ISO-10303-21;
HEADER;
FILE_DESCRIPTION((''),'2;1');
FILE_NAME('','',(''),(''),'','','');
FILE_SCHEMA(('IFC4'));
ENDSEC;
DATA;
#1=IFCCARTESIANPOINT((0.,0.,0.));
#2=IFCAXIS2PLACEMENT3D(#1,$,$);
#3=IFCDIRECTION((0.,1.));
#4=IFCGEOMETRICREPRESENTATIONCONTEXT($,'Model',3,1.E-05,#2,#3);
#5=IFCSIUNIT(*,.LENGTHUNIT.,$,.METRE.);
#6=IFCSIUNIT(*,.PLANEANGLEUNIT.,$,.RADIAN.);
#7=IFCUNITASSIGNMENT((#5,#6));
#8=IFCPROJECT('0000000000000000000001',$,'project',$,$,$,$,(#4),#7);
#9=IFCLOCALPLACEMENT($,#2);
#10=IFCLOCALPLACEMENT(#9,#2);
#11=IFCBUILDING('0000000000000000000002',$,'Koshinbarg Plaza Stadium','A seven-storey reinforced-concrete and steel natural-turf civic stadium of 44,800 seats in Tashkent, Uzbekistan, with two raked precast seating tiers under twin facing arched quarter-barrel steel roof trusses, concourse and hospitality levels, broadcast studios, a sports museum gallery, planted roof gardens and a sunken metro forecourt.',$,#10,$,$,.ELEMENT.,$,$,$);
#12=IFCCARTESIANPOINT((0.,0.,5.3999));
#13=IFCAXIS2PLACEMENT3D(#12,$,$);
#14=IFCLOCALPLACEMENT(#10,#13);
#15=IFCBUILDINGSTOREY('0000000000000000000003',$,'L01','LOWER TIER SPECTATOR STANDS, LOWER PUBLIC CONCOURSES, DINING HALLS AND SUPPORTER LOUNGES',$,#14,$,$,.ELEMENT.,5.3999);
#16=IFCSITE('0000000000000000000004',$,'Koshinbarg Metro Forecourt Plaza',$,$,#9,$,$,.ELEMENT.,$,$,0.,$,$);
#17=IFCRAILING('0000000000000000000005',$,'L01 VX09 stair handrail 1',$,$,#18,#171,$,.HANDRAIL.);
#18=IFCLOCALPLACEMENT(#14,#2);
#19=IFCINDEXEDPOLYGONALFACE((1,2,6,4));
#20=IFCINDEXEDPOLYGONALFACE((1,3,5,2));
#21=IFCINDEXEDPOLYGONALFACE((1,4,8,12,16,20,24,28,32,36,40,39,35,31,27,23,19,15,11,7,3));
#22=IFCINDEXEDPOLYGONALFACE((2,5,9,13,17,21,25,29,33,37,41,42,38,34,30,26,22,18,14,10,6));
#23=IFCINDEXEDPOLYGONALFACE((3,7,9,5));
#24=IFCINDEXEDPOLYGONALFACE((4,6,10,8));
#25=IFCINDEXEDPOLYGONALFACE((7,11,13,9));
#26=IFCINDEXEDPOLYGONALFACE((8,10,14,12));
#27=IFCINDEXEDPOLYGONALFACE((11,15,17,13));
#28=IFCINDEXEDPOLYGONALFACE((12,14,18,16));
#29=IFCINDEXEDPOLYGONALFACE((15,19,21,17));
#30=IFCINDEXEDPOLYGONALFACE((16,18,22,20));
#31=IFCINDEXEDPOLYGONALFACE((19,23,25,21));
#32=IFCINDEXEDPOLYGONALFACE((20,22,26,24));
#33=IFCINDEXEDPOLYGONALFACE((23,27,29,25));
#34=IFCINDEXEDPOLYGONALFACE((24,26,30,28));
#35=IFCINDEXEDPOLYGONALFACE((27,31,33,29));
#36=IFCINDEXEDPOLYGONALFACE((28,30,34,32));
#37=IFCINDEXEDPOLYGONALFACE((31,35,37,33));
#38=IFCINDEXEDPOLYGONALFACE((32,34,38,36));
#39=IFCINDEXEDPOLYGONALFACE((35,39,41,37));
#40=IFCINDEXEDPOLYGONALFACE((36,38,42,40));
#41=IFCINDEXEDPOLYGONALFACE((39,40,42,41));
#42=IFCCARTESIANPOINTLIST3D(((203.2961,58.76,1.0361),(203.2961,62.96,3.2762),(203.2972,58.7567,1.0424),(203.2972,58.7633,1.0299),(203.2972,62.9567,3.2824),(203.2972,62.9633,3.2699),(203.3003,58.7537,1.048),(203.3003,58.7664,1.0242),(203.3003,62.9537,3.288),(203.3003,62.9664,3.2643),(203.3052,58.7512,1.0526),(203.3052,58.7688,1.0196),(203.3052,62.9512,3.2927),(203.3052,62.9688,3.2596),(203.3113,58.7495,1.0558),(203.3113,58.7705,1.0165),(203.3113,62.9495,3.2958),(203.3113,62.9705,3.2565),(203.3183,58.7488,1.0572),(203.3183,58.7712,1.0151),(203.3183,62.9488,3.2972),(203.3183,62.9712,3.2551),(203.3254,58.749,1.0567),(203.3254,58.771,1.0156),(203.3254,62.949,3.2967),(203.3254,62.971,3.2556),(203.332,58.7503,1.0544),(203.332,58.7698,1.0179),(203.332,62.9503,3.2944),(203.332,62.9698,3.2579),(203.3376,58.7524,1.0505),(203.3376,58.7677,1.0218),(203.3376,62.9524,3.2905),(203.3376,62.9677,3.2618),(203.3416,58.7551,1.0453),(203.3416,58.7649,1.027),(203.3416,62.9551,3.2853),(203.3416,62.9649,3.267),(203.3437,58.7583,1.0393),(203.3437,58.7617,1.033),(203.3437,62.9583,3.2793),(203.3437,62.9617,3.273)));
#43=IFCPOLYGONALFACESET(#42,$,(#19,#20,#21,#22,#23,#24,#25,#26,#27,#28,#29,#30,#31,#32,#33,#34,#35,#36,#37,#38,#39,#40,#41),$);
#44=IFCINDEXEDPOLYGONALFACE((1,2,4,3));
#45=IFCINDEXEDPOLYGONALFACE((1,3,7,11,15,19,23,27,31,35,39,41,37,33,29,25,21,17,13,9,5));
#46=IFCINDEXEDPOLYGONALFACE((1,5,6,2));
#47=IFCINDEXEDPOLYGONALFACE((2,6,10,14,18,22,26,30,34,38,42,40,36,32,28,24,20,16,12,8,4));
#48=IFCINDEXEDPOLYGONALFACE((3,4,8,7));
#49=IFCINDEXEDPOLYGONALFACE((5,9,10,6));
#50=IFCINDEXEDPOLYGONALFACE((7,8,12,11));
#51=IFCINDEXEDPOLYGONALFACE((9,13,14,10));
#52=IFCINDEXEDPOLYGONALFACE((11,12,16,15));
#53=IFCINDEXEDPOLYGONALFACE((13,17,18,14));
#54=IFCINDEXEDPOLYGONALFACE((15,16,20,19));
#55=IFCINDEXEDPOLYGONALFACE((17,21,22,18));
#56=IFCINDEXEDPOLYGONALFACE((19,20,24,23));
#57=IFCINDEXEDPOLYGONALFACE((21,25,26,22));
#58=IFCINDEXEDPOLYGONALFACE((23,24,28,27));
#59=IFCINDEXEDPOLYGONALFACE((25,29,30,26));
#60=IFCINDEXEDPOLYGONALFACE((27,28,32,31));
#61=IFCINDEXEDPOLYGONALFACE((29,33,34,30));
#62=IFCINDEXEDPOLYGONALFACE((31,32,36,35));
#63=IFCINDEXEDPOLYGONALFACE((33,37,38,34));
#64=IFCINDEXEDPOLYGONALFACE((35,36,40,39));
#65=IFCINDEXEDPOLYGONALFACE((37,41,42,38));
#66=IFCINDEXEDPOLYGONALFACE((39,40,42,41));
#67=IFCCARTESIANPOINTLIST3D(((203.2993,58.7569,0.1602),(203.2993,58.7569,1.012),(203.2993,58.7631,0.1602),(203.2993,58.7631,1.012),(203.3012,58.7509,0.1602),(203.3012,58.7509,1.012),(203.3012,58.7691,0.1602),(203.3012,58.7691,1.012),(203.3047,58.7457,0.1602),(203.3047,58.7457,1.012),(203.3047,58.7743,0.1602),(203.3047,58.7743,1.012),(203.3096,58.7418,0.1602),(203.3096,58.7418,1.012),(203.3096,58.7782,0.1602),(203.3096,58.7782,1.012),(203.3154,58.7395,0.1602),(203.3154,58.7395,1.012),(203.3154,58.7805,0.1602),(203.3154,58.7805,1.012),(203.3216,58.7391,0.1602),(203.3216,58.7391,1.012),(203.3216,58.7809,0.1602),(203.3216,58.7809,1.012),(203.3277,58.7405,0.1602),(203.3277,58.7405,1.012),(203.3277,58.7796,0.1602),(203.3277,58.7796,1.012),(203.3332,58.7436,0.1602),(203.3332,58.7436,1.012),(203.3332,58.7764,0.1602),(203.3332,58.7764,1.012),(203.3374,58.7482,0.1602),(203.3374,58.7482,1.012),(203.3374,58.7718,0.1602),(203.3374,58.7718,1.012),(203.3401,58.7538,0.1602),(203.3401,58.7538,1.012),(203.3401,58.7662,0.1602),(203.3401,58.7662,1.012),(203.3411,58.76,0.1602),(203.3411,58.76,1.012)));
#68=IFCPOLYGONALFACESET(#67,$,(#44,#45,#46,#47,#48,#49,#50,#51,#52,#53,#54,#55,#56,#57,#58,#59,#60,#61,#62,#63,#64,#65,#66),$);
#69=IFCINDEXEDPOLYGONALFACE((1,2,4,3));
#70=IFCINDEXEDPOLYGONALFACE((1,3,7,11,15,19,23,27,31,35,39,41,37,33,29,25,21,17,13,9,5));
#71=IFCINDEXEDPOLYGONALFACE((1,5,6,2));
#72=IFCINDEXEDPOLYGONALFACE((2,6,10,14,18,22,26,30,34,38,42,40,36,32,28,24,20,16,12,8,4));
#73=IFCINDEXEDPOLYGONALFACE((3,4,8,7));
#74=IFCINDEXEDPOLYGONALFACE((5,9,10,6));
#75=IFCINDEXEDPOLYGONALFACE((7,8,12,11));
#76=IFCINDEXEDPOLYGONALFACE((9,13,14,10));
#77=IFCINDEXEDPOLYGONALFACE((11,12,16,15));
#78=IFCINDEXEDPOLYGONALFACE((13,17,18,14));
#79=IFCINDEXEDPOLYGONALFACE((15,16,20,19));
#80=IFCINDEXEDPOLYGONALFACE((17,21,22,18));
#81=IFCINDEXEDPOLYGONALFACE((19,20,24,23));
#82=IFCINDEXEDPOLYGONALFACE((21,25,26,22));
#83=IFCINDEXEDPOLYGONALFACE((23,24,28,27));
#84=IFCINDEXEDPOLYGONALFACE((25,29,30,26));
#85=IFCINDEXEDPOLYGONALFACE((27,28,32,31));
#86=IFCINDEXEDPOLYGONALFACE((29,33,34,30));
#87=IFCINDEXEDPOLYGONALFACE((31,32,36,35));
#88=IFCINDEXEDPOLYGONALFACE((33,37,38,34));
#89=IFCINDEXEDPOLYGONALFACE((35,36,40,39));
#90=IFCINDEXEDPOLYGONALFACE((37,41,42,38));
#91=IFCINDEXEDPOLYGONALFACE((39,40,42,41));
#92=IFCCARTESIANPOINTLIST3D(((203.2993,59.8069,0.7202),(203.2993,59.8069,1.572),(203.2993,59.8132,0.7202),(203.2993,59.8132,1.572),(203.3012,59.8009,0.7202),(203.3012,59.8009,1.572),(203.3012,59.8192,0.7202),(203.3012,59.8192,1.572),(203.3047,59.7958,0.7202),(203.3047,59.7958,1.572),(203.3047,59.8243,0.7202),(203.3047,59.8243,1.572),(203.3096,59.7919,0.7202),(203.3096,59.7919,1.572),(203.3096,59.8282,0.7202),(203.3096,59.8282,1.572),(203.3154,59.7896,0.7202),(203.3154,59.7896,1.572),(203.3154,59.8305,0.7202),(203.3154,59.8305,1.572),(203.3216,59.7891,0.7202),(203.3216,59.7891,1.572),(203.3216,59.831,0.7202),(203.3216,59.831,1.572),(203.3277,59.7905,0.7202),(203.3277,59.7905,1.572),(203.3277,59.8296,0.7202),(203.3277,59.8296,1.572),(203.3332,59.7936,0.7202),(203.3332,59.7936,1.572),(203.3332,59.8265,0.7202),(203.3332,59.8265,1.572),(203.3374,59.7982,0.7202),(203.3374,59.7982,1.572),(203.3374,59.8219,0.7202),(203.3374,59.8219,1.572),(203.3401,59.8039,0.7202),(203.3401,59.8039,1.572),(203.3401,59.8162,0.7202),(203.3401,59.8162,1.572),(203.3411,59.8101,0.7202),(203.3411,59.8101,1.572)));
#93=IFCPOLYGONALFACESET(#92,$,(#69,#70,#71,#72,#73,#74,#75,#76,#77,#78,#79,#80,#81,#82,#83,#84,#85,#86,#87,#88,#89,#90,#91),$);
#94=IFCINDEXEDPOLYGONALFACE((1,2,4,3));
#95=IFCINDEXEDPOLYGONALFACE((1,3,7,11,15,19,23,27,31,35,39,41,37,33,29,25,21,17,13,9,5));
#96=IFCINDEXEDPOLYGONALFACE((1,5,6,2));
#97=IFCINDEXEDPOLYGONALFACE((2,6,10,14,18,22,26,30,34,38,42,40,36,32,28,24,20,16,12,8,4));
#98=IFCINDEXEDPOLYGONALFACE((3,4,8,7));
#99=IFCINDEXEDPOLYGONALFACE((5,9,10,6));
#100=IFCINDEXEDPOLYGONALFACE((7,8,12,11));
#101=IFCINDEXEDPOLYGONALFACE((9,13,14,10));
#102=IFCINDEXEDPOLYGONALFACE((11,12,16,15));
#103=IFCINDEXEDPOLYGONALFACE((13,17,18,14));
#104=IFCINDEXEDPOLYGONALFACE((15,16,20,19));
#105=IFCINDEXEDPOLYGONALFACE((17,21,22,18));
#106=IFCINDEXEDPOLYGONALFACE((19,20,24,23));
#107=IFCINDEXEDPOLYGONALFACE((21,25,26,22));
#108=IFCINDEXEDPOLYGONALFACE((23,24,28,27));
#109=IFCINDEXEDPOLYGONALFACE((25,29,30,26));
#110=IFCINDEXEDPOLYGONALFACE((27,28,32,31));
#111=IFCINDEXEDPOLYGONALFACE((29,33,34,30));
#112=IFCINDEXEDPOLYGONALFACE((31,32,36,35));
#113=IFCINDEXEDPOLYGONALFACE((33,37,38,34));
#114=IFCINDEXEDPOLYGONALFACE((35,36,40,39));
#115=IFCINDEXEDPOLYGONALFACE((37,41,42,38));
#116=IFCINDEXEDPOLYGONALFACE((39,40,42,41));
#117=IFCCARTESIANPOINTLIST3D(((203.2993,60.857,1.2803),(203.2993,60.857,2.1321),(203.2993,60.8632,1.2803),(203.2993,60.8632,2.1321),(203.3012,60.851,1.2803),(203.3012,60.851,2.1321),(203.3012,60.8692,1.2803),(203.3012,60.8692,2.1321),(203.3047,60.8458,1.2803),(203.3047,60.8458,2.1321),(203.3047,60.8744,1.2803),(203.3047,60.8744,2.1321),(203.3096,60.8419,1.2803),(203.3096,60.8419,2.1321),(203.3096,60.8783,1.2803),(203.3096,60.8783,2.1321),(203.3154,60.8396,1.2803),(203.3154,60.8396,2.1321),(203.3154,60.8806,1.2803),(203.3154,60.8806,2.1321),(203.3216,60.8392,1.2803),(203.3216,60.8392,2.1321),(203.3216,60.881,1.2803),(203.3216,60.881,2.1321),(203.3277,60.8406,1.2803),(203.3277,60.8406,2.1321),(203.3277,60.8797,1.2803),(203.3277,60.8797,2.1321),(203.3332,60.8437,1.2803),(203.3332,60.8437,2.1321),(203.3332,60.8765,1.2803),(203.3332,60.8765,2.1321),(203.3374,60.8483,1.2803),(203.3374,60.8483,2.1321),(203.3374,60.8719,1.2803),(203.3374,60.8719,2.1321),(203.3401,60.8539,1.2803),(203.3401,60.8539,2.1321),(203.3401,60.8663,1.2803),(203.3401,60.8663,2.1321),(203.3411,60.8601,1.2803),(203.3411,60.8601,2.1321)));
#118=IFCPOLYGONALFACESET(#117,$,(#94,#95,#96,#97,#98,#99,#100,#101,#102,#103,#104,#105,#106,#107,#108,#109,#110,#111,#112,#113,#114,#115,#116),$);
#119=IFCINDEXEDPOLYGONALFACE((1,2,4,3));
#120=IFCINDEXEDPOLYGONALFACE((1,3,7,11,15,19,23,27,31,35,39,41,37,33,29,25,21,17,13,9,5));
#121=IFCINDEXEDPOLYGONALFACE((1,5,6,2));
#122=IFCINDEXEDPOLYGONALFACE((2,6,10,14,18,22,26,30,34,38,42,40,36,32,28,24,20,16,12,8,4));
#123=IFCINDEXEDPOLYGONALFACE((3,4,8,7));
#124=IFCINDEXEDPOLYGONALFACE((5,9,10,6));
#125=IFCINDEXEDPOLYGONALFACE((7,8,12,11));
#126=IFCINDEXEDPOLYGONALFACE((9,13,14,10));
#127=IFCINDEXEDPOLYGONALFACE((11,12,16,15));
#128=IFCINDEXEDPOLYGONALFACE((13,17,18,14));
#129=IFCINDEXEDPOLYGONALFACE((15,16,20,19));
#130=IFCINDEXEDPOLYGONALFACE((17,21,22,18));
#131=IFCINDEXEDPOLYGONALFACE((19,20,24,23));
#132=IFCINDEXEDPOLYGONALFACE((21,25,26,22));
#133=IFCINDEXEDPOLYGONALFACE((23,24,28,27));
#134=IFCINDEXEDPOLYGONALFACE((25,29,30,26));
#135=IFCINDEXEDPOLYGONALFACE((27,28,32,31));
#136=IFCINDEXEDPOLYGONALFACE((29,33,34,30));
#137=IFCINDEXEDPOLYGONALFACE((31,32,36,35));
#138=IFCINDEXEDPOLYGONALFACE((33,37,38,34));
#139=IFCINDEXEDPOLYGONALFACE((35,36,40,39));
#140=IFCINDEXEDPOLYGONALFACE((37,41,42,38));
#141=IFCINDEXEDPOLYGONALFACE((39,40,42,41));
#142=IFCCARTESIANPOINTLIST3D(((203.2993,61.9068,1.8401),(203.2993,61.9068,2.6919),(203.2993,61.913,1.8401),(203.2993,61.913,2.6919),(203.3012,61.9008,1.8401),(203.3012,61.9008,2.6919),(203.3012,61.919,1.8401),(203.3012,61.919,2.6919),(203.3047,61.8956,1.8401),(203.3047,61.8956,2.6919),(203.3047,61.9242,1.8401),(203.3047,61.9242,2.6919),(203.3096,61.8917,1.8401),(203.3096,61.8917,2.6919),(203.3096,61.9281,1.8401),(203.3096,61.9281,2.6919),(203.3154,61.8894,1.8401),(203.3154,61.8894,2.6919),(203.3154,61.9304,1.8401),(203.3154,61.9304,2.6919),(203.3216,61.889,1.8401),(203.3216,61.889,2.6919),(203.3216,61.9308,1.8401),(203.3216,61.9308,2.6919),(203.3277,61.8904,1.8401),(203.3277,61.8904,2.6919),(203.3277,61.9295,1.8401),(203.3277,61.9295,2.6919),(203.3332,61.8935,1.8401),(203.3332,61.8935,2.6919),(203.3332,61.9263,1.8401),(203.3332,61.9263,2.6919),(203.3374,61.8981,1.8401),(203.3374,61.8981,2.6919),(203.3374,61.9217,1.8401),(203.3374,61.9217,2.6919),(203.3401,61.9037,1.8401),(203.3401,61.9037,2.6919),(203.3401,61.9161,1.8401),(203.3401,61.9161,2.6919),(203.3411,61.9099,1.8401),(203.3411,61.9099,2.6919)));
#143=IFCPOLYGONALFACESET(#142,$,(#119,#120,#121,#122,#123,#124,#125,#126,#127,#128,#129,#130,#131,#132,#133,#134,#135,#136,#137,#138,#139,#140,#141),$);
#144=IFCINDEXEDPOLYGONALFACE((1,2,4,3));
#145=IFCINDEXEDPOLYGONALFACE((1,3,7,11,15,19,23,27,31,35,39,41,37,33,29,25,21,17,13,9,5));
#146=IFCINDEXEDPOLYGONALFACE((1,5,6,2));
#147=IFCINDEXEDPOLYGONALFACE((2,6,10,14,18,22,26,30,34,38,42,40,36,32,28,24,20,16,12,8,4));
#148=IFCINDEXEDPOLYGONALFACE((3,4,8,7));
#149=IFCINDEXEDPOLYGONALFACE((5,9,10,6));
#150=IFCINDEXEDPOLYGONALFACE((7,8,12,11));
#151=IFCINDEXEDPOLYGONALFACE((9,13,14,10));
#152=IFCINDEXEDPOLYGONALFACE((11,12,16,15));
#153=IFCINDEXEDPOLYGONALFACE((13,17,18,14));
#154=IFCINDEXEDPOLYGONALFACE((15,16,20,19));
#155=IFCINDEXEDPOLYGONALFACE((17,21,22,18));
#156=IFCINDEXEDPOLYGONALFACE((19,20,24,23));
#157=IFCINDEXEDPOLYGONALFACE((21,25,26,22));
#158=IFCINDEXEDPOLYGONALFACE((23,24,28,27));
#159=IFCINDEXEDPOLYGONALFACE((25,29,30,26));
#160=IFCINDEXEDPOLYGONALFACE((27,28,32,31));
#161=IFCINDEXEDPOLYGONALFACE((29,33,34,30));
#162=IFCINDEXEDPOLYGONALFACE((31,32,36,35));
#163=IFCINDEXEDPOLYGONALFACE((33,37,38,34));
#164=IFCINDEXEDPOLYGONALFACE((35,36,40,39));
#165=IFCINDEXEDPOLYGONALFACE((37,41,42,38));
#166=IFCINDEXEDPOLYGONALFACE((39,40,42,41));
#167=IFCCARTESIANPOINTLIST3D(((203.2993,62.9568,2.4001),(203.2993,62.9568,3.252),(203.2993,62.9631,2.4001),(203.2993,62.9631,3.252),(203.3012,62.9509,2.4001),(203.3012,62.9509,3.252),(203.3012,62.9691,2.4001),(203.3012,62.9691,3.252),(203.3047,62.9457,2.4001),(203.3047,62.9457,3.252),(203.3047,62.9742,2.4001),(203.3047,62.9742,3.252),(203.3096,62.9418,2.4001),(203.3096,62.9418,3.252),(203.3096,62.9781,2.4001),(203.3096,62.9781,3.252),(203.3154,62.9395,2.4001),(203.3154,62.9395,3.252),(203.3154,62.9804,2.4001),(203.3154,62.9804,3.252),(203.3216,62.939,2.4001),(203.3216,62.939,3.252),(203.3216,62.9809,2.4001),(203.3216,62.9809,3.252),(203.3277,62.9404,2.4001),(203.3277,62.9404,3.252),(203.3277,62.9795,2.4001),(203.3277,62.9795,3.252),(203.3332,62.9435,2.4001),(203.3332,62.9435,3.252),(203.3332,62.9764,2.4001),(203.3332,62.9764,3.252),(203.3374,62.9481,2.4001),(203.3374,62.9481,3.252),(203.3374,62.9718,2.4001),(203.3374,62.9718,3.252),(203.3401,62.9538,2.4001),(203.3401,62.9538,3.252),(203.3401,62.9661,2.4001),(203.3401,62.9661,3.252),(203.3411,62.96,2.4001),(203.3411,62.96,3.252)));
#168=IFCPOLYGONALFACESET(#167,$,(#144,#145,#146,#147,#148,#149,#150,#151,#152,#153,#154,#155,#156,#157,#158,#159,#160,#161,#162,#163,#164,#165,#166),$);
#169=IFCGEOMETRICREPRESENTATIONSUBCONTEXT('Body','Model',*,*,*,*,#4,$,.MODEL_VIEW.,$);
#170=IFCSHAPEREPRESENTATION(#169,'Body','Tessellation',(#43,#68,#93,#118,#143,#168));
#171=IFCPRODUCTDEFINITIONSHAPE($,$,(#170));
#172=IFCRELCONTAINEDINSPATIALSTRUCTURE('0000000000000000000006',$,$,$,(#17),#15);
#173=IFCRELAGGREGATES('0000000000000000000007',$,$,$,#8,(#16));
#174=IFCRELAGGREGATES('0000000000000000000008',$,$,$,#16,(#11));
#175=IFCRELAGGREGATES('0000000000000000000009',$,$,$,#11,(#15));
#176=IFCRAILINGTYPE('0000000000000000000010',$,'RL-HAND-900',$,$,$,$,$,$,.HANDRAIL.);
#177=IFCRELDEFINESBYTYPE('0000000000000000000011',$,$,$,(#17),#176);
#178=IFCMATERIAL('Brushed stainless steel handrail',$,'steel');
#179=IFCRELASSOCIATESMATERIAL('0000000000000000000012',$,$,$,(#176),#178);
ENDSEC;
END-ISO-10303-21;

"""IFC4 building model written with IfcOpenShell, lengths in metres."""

from ifc_helpers import new_model, si_unit, direction, frame, origin, origin_2d, place, context, subcontext, project, spatial, circle, extrude, material, type_object, element, save


model = new_model("IFC4")

# Units and contexts
model_context = context("Model", 3, precision=1e-05, world=origin(), true_north=direction((0.0, 1.0)))
body_context = subcontext(model_context, "Body", "Model", "MODEL_VIEW")
ifc_project = project(units=[si_unit("LENGTHUNIT", "METRE"), si_unit("PLANEANGLEUNIT", "RADIAN")], contexts=[model_context])

# Site, building, storey
site_placement = place(None, origin())
site = spatial("IfcSite", under=ifc_project, at=site_placement, Name="Koshinbarg Metro Forecourt Plaza", CompositionType="ELEMENT", RefElevation=0.0)
building_placement = place(site_placement, origin())
building = spatial("IfcBuilding", under=site, at=building_placement, Name="Koshinbarg Plaza Stadium", Description="A seven-storey reinforced-concrete and steel natural-turf civic stadium of 44,800 seats in Tashkent, Uzbekistan, with two raked precast seating tiers under twin facing arched quarter-barrel steel roof trusses, concourse and hospitality levels, broadcast studios, a sports museum gallery, planted roof gardens and a sunken metro forecourt.", CompositionType="ELEMENT")
storey_placement = place(building_placement, frame((0.0, 0.0, 5.3999)))
storey = spatial("IfcBuildingStorey", under=building, at=storey_placement, Name="L01", Description="LOWER TIER SPECTATOR STANDS, LOWER PUBLIC CONCOURSES, DINING HALLS AND SUPPORTER LOUNGES", CompositionType="ELEMENT", Elevation=5.3999)

# Railing
ifc_material_1 = material(Name="Brushed stainless steel handrail", Category="steel")
railing_type_1 = type_object("IfcRailingType", Name="RL-HAND-900", PredefinedType="HANDRAIL", material=ifc_material_1)
railing_1_placement = place(storey_placement, frame((203.3201, 58.76, 0.1602)))
element("IfcRailing", 1, at=railing_1_placement, inside=storey, type_object=railing_type_1, Name="L01 VX09 stair handrail 1", PredefinedType="HANDRAIL", context=body_context, shape_type="SweptSolid", body=[
    extrude(circle(Radius=0.0239, at=origin_2d()), frame((0.0, 0.0, 0.876), z_axis=(0.0, 0.882352, 0.470591), x_axis=(-1.0, 0.0, 0.0)), (0.0, 0.0, 1.0), 4.76),
    extrude(circle(Radius=0.021, at=origin_2d()), origin(), (0.0, 0.0, 1.0), 0.8518),
    extrude(circle(Radius=0.021, at=origin_2d()), frame((0.0, 1.05, 0.5601)), (0.0, 0.0, 1.0), 0.8518),
    extrude(circle(Radius=0.021, at=origin_2d()), frame((0.0, 2.1001, 1.1201)), (0.0, 0.0, 1.0), 0.8518),
    extrude(circle(Radius=0.021, at=origin_2d()), frame((0.0, 3.1499, 1.6799)), (0.0, 0.0, 1.0), 0.8518),
    extrude(circle(Radius=0.021, at=origin_2d()), frame((0.0, 4.2, 2.24)), (0.0, 0.0, 1.0), 0.8518),
])

save(model, "model.ifc")
